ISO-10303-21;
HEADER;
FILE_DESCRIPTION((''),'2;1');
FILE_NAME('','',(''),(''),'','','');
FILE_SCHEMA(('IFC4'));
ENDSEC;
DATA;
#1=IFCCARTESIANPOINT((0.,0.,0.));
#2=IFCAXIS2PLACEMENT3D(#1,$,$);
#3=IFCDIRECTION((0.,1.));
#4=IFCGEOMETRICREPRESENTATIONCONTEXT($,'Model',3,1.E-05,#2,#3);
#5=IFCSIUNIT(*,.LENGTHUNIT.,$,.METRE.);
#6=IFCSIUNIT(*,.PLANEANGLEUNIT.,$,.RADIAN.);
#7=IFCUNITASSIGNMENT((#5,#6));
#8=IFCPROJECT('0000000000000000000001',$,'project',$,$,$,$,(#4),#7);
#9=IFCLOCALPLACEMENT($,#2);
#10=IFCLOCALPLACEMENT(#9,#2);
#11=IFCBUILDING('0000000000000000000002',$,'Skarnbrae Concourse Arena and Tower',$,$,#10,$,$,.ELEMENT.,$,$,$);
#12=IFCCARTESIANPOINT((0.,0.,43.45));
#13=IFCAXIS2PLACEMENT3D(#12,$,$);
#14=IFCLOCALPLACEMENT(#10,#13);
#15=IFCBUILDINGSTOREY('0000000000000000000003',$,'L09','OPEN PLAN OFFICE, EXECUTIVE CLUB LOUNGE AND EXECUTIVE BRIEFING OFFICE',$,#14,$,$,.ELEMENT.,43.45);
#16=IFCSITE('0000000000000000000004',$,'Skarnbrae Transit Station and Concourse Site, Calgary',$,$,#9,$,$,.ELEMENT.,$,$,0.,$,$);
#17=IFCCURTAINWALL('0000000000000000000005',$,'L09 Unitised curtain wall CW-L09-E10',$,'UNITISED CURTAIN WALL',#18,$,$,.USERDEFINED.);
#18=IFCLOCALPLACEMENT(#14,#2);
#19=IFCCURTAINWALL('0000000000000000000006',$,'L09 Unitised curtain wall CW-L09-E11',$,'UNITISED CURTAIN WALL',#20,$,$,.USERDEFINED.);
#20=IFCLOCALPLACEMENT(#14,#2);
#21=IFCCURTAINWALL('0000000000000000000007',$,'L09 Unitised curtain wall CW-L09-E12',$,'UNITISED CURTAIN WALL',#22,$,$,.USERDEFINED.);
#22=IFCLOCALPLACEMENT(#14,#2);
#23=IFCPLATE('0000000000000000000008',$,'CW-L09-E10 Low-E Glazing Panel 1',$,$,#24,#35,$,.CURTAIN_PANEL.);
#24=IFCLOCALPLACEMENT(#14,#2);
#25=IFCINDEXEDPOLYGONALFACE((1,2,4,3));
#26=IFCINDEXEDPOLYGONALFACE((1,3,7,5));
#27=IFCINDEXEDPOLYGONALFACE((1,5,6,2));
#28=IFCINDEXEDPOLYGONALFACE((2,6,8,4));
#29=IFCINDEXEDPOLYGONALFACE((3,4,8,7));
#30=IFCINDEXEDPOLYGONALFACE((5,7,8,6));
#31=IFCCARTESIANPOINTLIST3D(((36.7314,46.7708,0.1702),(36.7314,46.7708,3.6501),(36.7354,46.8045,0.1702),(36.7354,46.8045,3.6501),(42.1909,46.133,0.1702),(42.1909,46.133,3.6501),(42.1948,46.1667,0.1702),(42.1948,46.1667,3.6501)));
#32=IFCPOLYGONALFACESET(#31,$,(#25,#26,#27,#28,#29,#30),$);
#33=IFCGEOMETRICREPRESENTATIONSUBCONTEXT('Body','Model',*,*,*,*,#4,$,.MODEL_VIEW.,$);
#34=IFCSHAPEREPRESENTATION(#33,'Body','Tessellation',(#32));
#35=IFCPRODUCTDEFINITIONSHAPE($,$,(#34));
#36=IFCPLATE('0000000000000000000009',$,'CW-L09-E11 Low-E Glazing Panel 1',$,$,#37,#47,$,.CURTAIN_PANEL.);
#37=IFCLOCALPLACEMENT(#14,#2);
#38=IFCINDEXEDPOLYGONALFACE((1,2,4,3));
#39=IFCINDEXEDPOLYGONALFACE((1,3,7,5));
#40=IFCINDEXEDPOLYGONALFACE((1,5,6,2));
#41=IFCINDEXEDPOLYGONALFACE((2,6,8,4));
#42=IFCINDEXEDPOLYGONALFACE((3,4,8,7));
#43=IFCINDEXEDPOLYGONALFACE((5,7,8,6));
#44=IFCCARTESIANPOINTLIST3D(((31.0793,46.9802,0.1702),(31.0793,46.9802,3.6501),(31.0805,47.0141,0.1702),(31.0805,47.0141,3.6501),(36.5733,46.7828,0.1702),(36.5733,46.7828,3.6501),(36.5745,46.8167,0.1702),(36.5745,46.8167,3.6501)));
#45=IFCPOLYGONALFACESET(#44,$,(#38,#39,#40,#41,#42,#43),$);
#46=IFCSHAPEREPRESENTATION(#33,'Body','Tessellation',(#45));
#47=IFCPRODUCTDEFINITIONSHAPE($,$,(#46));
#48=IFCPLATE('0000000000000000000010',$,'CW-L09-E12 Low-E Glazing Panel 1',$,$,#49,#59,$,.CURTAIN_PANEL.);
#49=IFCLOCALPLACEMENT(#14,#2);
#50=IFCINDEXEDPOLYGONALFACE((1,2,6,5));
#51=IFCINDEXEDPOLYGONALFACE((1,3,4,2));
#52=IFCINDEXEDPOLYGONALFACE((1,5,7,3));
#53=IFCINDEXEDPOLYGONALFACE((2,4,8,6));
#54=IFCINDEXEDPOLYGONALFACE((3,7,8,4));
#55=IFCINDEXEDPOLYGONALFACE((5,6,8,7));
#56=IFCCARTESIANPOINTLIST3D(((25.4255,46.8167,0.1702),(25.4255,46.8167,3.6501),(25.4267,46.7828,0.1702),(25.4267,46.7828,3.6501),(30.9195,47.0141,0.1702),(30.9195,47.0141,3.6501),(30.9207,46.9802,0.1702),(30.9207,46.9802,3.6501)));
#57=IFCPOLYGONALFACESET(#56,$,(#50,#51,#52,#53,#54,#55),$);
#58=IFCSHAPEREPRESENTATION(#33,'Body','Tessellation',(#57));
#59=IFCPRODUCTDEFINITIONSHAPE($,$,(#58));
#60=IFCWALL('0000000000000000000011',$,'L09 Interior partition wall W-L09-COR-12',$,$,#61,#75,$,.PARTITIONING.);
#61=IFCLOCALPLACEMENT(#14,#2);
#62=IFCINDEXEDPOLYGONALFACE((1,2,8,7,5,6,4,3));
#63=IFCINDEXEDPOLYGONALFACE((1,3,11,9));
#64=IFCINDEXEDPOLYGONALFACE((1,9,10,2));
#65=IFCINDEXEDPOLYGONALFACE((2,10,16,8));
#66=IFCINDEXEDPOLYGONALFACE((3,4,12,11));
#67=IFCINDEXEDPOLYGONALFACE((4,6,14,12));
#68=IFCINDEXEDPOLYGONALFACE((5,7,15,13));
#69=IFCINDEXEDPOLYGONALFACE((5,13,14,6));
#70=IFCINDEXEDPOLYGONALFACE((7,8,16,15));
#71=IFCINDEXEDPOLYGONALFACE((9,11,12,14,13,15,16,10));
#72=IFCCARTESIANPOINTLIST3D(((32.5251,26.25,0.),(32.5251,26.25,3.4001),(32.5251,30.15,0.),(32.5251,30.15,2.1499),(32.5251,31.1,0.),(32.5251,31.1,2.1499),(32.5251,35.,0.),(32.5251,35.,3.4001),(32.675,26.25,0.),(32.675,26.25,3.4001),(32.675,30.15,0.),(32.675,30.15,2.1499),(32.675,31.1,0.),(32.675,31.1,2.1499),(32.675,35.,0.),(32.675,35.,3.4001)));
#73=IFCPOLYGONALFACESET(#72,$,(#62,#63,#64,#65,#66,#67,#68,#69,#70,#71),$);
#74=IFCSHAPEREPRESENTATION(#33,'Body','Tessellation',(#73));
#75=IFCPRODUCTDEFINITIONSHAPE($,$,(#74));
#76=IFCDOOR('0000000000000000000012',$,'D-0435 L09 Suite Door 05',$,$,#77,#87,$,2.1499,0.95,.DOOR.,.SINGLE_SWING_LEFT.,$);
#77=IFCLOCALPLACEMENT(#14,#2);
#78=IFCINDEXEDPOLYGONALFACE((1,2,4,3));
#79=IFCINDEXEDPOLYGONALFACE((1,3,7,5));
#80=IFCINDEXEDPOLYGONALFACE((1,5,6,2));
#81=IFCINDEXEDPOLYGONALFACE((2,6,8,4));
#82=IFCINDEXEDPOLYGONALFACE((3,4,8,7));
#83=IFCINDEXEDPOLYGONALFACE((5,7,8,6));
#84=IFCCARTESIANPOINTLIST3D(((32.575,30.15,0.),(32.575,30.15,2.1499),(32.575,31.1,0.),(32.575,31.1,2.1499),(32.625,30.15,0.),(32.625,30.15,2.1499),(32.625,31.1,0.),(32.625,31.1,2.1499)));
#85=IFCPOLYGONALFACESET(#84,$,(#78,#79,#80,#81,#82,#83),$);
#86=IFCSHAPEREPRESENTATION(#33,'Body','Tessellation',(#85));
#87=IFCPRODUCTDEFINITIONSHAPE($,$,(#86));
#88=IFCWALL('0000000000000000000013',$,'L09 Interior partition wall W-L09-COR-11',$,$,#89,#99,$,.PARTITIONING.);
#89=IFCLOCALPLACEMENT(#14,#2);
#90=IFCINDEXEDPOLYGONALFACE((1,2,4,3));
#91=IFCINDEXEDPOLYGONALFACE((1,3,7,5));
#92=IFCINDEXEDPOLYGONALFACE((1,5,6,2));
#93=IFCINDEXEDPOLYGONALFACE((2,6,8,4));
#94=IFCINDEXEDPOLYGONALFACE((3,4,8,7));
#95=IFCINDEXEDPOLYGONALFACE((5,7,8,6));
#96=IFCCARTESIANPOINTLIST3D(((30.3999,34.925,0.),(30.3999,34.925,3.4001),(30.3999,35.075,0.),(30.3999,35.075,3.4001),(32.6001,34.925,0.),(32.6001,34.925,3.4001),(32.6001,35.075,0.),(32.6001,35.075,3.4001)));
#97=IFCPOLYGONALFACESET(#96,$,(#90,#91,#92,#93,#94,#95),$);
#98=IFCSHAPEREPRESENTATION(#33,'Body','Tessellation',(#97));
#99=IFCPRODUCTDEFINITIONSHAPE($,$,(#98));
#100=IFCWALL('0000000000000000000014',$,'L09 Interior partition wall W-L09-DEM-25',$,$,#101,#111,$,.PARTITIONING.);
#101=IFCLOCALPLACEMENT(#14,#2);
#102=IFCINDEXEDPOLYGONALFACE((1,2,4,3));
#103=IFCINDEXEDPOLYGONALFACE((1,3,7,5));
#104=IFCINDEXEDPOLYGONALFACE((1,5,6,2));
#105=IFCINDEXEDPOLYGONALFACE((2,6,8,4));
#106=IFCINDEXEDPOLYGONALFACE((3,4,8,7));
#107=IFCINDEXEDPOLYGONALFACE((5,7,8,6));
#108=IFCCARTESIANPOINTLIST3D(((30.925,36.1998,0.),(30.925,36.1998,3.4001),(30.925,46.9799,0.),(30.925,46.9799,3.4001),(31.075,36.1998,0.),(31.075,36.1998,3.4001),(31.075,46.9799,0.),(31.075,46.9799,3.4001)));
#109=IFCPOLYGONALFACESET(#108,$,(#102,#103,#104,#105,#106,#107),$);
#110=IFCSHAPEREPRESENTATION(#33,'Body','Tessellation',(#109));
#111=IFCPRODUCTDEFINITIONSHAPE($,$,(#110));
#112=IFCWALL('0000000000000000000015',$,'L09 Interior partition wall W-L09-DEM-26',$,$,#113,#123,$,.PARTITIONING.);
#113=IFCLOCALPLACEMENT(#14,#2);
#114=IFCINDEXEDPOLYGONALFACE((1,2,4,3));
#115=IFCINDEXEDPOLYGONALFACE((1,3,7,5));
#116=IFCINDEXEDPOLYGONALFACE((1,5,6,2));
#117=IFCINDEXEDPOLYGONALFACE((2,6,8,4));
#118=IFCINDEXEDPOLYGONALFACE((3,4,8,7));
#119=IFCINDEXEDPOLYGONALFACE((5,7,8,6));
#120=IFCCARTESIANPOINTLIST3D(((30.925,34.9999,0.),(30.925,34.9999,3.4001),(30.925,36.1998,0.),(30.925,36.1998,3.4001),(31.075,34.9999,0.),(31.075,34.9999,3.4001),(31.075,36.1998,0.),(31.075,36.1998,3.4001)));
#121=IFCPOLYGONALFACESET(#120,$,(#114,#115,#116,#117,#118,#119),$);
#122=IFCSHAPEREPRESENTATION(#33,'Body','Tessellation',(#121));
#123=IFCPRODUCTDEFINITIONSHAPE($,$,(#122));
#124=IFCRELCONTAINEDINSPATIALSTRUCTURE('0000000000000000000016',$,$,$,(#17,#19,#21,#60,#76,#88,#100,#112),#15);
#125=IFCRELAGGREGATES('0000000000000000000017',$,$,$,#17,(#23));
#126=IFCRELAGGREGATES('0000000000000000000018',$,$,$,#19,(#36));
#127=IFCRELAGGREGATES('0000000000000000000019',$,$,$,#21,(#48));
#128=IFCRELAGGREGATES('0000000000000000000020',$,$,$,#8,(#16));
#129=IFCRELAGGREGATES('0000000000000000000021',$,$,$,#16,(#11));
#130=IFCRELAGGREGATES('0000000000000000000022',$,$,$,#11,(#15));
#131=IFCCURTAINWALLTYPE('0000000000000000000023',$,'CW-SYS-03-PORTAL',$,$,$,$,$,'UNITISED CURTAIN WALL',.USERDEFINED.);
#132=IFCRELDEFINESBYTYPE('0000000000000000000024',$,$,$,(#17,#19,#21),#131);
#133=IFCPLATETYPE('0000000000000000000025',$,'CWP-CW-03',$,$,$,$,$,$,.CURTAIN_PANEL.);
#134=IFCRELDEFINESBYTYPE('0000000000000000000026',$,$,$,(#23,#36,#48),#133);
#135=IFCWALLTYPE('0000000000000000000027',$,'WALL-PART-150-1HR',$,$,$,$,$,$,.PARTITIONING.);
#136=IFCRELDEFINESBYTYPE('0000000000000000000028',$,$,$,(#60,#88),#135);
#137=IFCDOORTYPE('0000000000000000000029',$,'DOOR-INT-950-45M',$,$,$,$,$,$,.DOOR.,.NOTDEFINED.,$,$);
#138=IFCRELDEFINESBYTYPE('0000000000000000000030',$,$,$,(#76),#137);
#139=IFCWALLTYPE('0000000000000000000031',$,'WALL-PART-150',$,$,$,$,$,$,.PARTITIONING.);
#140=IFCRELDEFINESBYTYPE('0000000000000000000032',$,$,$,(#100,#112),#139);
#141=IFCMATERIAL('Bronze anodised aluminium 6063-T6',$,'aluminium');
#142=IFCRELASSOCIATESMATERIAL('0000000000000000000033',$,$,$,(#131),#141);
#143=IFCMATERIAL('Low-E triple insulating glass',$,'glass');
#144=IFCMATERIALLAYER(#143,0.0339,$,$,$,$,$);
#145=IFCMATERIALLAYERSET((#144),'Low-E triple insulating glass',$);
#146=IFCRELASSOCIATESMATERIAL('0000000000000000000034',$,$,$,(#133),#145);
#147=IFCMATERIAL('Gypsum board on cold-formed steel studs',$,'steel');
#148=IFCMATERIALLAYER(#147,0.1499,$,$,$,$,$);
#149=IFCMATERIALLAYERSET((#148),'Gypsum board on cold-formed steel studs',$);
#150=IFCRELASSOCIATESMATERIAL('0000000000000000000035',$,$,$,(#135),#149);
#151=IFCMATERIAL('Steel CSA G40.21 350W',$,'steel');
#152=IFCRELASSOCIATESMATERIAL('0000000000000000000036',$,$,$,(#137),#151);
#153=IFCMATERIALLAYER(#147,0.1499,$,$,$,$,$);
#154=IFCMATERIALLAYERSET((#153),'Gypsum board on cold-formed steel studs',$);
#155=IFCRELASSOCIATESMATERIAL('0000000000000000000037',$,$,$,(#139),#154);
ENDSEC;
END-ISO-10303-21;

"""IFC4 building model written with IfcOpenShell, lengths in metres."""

from ifc_helpers import new_model, si_unit, direction, frame, frame_2d, origin, origin_2d, place, context, subcontext, project, spatial, rectangle, extrude, source, transform, mapped, material, layer, layer_set, type_object, element, fill, aggregate, save


model = new_model("IFC4")

# Units and contexts
model_context = context("Model", 3, precision=1e-05, world=origin(), true_north=direction((0.0, 1.0)))
body_context = subcontext(model_context, "Body", "Model", "MODEL_VIEW")
ifc_project = project(units=[si_unit("LENGTHUNIT", "METRE"), si_unit("PLANEANGLEUNIT", "RADIAN")], contexts=[model_context])

# Site, building, storey
site_placement = place(None, origin())
site = spatial("IfcSite", under=ifc_project, at=site_placement, Name="Skarnbrae Transit Station and Concourse Site, Calgary", CompositionType="ELEMENT", RefElevation=0.0)
building_placement = place(site_placement, origin())
building = spatial("IfcBuilding", under=site, at=building_placement, Name="Skarnbrae Concourse Arena and Tower", CompositionType="ELEMENT")
storey_placement = place(building_placement, frame((0.0, 0.0, 43.45)))
storey = spatial("IfcBuildingStorey", under=building, at=storey_placement, Name="L09", Description="OPEN PLAN OFFICE, EXECUTIVE CLUB LOUNGE AND EXECUTIVE BRIEFING OFFICE", CompositionType="ELEMENT", Elevation=43.45)

# Shared definitions
ifc_material_1 = material(Name="Steel CSA G40.21 350W", Category="steel")

# Curtain walls
ifc_material_2 = material(Name="Bronze anodised aluminium 6063-T6", Category="aluminium")
curtain_wall_type = type_object("IfcCurtainWallType", Name="CW-SYS-03-PORTAL", ElementType="UNITISED CURTAIN WALL", PredefinedType="USERDEFINED", material=ifc_material_2)
curtain_wall_1_placement = place(storey_placement, origin())
curtain_wall_1 = element("IfcCurtainWall", 1, at=curtain_wall_1_placement, inside=storey, type_object=curtain_wall_type, Name="L09 Unitised curtain wall CW-L09-E10", ObjectType="UNITISED CURTAIN WALL", PredefinedType="USERDEFINED")
curtain_wall_2_placement = place(storey_placement, origin())
curtain_wall_2 = element("IfcCurtainWall", 2, at=curtain_wall_2_placement, inside=storey, type_object=curtain_wall_type, Name="L09 Unitised curtain wall CW-L09-E11", ObjectType="UNITISED CURTAIN WALL", PredefinedType="USERDEFINED")

# Curtain wall
curtain_wall_3_placement = place(storey_placement, origin())
curtain_wall_3 = element("IfcCurtainWall", 3, at=curtain_wall_3_placement, inside=storey, type_object=curtain_wall_type, Name="L09 Unitised curtain wall CW-L09-E12", ObjectType="UNITISED CURTAIN WALL", PredefinedType="USERDEFINED")

# Plates
ifc_material_3 = material(Name="Low-E triple insulating glass", Category="glass")
ifc_layer_1 = layer(ifc_material_3, 0.0339)
ifc_layer_set_1 = layer_set([ifc_layer_1], Name="Low-E triple insulating glass")
plate_type = type_object("IfcPlateType", Name="CWP-CW-03", PredefinedType="CURTAIN_PANEL", material=ifc_layer_set_1)
shared_shape_1 = source(origin(), body_context, "Body", "SweptSolid", [
    extrude(rectangle(XDim=5.4966, YDim=0.0339, at=origin_2d()), origin(), (0.0, 0.0, 1.0), 3.48),
])
plate_1_placement = place(storey_placement, frame((39.4631, 46.4688, 0.1702), z_axis=(0.0, 0.0, 1.0), x_axis=(-0.993245, 0.11604, 0.0)))
plate_1 = element("IfcPlate", 4, at=plate_1_placement, type_object=plate_type, Name="CW-L09-E10 Low-E Glazing Panel 1", PredefinedType="CURTAIN_PANEL", context=body_context, shape_type="MappedRepresentation", body=[
    mapped(shared_shape_1, transform((0.0, 0.0, 0.0))),
])
aggregate(curtain_wall_1, [plate_1])
shared_shape_2 = source(origin(), body_context, "Body", "SweptSolid", [
    extrude(rectangle(XDim=5.4976, YDim=0.0339, at=origin_2d()), origin(), (0.0, 0.0, 1.0), 3.48),
])
plate_2_placement = place(storey_placement, frame((33.8269, 46.8984, 0.1702), z_axis=(0.0, 0.0, 1.0), x_axis=(-0.999355, 0.035899, 0.0)))
plate_2 = element("IfcPlate", 5, at=plate_2_placement, type_object=plate_type, Name="CW-L09-E11 Low-E Glazing Panel 1", PredefinedType="CURTAIN_PANEL", context=body_context, shape_type="MappedRepresentation", body=[
    mapped(shared_shape_2, transform((0.0, 0.0, 0.0))),
])
aggregate(curtain_wall_2, [plate_2])
plate_3_placement = place(storey_placement, frame((28.1731, 46.8984, 0.1702), z_axis=(0.0, 0.0, 1.0), x_axis=(-0.999355, -0.035899, 0.0)))
plate_3 = element("IfcPlate", 6, at=plate_3_placement, type_object=plate_type, Name="CW-L09-E12 Low-E Glazing Panel 1", PredefinedType="CURTAIN_PANEL", context=body_context, shape_type="MappedRepresentation", body=[
    mapped(shared_shape_2, transform((0.0, 0.0, 0.0))),
])
aggregate(curtain_wall_3, [plate_3])

# Wall, opening, door
ifc_material_4 = material(Name="Gypsum board on cold-formed steel studs", Category="steel")
ifc_layer_2 = layer(ifc_material_4, 0.1499)
ifc_layer_set_2 = layer_set([ifc_layer_2], Name="Gypsum board on cold-formed steel studs")
wall_type_1 = type_object("IfcWallType", Name="WALL-PART-150-1HR", PredefinedType="PARTITIONING", material=ifc_layer_set_2)
shared_shape_3 = source(origin(), body_context, "Body", "SweptSolid", [
    extrude(rectangle(XDim=8.75, YDim=0.1499, at=frame_2d((4.375, 0.0))), origin(), (0.0, 0.0, 1.0), 3.4001),
])
wall_1_placement = place(storey_placement, frame((32.6001, 35.0, 0.0), z_axis=(0.0, 0.0, 1.0), x_axis=(0.0, -1.0, 0.0)))
wall_1 = element("IfcWall", 7, at=wall_1_placement, inside=storey, type_object=wall_type_1, Name="L09 Interior partition wall W-L09-COR-12", PredefinedType="PARTITIONING", context=body_context, shape_type="MappedRepresentation", body=[
    mapped(shared_shape_3, transform((0.0, 0.0, 0.0))),
])
opening_placement = place(wall_1_placement, frame((3.8999, 0.0, 0.0)))
opening = element("IfcOpeningElement", 8, at=opening_placement, cuts=wall_1, PredefinedType="OPENING", context=body_context, shape_type="SweptSolid", body=[
    extrude(rectangle(XDim=0.95, YDim=2.1499, at=frame_2d((0.4751, 1.075))), frame((0.0, 0.085, 0.0), z_axis=(0.0, -1.0, 0.0), x_axis=(1.0, 0.0, 0.0)), (0.0, 0.0, 1.0), 0.1699),
])
door_type = type_object("IfcDoorType", Name="DOOR-INT-950-45M", OperationType="NOTDEFINED", PredefinedType="DOOR", material=ifc_material_1)
shared_shape_4 = source(origin(), body_context, "Body", "SweptSolid", [
    extrude(rectangle(XDim=0.95, YDim=2.1499, at=frame_2d((0.4751, 1.075))), frame((0.0, 0.0249, 0.0), z_axis=(0.0, -1.0, 0.0), x_axis=(1.0, 0.0, 0.0)), (0.0, 0.0, 1.0), 0.05),
])
door_placement = place(opening_placement, origin())
door = element("IfcDoor", 9, at=door_placement, inside=storey, type_object=door_type, Name="D-0435 L09 Suite Door 05", OperationType="SINGLE_SWING_LEFT", OverallHeight=2.1499, OverallWidth=0.95, PredefinedType="DOOR", context=body_context, shape_type="MappedRepresentation", body=[
    mapped(shared_shape_4, transform((0.0, 0.0, 0.0))),
])
fill(opening, door)

# Walls
shared_shape_5 = source(origin(), body_context, "Body", "SweptSolid", [
    extrude(rectangle(XDim=2.2002, YDim=0.1499, at=frame_2d((1.1001, 0.0))), origin(), (0.0, 0.0, 1.0), 3.4001),
])
wall_2_placement = place(storey_placement, frame((30.3999, 35.0, 0.0), z_axis=(0.0, 0.0, 1.0), x_axis=(1.0, 0.0, 0.0)))
element("IfcWall", 10, at=wall_2_placement, inside=storey, type_object=wall_type_1, Name="L09 Interior partition wall W-L09-COR-11", PredefinedType="PARTITIONING", context=body_context, shape_type="MappedRepresentation", body=[
    mapped(shared_shape_5, transform((0.0, 0.0, 0.0))),
])
ifc_layer_3 = layer(ifc_material_4, 0.1499)
ifc_layer_set_3 = layer_set([ifc_layer_3], Name="Gypsum board on cold-formed steel studs")
wall_type_2 = type_object("IfcWallType", Name="WALL-PART-150", PredefinedType="PARTITIONING", material=ifc_layer_set_3)
shared_shape_6 = source(origin(), body_context, "Body", "SweptSolid", [
    extrude(rectangle(XDim=10.78, YDim=0.1499, at=frame_2d((5.3901, 0.0))), origin(), (0.0, 0.0, 1.0), 3.4001),
])
wall_3_placement = place(storey_placement, frame((31.0, 46.98, 0.0), z_axis=(0.0, 0.0, 1.0), x_axis=(0.0, -1.0, 0.0)))
element("IfcWall", 11, at=wall_3_placement, inside=storey, type_object=wall_type_2, Name="L09 Interior partition wall W-L09-DEM-25", PredefinedType="PARTITIONING", context=body_context, shape_type="MappedRepresentation", body=[
    mapped(shared_shape_6, transform((0.0, 0.0, 0.0))),
])
shared_shape_7 = source(origin(), body_context, "Body", "SweptSolid", [
    extrude(rectangle(XDim=1.2, YDim=0.1499, at=frame_2d((0.6001, 0.0))), origin(), (0.0, 0.0, 1.0), 3.4001),
])
wall_4_placement = place(storey_placement, frame((31.0, 36.2, 0.0), z_axis=(0.0, 0.0, 1.0), x_axis=(0.0, -1.0, 0.0)))
element("IfcWall", 12, at=wall_4_placement, inside=storey, type_object=wall_type_2, Name="L09 Interior partition wall W-L09-DEM-26", PredefinedType="PARTITIONING", context=body_context, shape_type="MappedRepresentation", body=[
    mapped(shared_shape_7, transform((0.0, 0.0, 0.0))),
])

save(model, "model.ifc")
